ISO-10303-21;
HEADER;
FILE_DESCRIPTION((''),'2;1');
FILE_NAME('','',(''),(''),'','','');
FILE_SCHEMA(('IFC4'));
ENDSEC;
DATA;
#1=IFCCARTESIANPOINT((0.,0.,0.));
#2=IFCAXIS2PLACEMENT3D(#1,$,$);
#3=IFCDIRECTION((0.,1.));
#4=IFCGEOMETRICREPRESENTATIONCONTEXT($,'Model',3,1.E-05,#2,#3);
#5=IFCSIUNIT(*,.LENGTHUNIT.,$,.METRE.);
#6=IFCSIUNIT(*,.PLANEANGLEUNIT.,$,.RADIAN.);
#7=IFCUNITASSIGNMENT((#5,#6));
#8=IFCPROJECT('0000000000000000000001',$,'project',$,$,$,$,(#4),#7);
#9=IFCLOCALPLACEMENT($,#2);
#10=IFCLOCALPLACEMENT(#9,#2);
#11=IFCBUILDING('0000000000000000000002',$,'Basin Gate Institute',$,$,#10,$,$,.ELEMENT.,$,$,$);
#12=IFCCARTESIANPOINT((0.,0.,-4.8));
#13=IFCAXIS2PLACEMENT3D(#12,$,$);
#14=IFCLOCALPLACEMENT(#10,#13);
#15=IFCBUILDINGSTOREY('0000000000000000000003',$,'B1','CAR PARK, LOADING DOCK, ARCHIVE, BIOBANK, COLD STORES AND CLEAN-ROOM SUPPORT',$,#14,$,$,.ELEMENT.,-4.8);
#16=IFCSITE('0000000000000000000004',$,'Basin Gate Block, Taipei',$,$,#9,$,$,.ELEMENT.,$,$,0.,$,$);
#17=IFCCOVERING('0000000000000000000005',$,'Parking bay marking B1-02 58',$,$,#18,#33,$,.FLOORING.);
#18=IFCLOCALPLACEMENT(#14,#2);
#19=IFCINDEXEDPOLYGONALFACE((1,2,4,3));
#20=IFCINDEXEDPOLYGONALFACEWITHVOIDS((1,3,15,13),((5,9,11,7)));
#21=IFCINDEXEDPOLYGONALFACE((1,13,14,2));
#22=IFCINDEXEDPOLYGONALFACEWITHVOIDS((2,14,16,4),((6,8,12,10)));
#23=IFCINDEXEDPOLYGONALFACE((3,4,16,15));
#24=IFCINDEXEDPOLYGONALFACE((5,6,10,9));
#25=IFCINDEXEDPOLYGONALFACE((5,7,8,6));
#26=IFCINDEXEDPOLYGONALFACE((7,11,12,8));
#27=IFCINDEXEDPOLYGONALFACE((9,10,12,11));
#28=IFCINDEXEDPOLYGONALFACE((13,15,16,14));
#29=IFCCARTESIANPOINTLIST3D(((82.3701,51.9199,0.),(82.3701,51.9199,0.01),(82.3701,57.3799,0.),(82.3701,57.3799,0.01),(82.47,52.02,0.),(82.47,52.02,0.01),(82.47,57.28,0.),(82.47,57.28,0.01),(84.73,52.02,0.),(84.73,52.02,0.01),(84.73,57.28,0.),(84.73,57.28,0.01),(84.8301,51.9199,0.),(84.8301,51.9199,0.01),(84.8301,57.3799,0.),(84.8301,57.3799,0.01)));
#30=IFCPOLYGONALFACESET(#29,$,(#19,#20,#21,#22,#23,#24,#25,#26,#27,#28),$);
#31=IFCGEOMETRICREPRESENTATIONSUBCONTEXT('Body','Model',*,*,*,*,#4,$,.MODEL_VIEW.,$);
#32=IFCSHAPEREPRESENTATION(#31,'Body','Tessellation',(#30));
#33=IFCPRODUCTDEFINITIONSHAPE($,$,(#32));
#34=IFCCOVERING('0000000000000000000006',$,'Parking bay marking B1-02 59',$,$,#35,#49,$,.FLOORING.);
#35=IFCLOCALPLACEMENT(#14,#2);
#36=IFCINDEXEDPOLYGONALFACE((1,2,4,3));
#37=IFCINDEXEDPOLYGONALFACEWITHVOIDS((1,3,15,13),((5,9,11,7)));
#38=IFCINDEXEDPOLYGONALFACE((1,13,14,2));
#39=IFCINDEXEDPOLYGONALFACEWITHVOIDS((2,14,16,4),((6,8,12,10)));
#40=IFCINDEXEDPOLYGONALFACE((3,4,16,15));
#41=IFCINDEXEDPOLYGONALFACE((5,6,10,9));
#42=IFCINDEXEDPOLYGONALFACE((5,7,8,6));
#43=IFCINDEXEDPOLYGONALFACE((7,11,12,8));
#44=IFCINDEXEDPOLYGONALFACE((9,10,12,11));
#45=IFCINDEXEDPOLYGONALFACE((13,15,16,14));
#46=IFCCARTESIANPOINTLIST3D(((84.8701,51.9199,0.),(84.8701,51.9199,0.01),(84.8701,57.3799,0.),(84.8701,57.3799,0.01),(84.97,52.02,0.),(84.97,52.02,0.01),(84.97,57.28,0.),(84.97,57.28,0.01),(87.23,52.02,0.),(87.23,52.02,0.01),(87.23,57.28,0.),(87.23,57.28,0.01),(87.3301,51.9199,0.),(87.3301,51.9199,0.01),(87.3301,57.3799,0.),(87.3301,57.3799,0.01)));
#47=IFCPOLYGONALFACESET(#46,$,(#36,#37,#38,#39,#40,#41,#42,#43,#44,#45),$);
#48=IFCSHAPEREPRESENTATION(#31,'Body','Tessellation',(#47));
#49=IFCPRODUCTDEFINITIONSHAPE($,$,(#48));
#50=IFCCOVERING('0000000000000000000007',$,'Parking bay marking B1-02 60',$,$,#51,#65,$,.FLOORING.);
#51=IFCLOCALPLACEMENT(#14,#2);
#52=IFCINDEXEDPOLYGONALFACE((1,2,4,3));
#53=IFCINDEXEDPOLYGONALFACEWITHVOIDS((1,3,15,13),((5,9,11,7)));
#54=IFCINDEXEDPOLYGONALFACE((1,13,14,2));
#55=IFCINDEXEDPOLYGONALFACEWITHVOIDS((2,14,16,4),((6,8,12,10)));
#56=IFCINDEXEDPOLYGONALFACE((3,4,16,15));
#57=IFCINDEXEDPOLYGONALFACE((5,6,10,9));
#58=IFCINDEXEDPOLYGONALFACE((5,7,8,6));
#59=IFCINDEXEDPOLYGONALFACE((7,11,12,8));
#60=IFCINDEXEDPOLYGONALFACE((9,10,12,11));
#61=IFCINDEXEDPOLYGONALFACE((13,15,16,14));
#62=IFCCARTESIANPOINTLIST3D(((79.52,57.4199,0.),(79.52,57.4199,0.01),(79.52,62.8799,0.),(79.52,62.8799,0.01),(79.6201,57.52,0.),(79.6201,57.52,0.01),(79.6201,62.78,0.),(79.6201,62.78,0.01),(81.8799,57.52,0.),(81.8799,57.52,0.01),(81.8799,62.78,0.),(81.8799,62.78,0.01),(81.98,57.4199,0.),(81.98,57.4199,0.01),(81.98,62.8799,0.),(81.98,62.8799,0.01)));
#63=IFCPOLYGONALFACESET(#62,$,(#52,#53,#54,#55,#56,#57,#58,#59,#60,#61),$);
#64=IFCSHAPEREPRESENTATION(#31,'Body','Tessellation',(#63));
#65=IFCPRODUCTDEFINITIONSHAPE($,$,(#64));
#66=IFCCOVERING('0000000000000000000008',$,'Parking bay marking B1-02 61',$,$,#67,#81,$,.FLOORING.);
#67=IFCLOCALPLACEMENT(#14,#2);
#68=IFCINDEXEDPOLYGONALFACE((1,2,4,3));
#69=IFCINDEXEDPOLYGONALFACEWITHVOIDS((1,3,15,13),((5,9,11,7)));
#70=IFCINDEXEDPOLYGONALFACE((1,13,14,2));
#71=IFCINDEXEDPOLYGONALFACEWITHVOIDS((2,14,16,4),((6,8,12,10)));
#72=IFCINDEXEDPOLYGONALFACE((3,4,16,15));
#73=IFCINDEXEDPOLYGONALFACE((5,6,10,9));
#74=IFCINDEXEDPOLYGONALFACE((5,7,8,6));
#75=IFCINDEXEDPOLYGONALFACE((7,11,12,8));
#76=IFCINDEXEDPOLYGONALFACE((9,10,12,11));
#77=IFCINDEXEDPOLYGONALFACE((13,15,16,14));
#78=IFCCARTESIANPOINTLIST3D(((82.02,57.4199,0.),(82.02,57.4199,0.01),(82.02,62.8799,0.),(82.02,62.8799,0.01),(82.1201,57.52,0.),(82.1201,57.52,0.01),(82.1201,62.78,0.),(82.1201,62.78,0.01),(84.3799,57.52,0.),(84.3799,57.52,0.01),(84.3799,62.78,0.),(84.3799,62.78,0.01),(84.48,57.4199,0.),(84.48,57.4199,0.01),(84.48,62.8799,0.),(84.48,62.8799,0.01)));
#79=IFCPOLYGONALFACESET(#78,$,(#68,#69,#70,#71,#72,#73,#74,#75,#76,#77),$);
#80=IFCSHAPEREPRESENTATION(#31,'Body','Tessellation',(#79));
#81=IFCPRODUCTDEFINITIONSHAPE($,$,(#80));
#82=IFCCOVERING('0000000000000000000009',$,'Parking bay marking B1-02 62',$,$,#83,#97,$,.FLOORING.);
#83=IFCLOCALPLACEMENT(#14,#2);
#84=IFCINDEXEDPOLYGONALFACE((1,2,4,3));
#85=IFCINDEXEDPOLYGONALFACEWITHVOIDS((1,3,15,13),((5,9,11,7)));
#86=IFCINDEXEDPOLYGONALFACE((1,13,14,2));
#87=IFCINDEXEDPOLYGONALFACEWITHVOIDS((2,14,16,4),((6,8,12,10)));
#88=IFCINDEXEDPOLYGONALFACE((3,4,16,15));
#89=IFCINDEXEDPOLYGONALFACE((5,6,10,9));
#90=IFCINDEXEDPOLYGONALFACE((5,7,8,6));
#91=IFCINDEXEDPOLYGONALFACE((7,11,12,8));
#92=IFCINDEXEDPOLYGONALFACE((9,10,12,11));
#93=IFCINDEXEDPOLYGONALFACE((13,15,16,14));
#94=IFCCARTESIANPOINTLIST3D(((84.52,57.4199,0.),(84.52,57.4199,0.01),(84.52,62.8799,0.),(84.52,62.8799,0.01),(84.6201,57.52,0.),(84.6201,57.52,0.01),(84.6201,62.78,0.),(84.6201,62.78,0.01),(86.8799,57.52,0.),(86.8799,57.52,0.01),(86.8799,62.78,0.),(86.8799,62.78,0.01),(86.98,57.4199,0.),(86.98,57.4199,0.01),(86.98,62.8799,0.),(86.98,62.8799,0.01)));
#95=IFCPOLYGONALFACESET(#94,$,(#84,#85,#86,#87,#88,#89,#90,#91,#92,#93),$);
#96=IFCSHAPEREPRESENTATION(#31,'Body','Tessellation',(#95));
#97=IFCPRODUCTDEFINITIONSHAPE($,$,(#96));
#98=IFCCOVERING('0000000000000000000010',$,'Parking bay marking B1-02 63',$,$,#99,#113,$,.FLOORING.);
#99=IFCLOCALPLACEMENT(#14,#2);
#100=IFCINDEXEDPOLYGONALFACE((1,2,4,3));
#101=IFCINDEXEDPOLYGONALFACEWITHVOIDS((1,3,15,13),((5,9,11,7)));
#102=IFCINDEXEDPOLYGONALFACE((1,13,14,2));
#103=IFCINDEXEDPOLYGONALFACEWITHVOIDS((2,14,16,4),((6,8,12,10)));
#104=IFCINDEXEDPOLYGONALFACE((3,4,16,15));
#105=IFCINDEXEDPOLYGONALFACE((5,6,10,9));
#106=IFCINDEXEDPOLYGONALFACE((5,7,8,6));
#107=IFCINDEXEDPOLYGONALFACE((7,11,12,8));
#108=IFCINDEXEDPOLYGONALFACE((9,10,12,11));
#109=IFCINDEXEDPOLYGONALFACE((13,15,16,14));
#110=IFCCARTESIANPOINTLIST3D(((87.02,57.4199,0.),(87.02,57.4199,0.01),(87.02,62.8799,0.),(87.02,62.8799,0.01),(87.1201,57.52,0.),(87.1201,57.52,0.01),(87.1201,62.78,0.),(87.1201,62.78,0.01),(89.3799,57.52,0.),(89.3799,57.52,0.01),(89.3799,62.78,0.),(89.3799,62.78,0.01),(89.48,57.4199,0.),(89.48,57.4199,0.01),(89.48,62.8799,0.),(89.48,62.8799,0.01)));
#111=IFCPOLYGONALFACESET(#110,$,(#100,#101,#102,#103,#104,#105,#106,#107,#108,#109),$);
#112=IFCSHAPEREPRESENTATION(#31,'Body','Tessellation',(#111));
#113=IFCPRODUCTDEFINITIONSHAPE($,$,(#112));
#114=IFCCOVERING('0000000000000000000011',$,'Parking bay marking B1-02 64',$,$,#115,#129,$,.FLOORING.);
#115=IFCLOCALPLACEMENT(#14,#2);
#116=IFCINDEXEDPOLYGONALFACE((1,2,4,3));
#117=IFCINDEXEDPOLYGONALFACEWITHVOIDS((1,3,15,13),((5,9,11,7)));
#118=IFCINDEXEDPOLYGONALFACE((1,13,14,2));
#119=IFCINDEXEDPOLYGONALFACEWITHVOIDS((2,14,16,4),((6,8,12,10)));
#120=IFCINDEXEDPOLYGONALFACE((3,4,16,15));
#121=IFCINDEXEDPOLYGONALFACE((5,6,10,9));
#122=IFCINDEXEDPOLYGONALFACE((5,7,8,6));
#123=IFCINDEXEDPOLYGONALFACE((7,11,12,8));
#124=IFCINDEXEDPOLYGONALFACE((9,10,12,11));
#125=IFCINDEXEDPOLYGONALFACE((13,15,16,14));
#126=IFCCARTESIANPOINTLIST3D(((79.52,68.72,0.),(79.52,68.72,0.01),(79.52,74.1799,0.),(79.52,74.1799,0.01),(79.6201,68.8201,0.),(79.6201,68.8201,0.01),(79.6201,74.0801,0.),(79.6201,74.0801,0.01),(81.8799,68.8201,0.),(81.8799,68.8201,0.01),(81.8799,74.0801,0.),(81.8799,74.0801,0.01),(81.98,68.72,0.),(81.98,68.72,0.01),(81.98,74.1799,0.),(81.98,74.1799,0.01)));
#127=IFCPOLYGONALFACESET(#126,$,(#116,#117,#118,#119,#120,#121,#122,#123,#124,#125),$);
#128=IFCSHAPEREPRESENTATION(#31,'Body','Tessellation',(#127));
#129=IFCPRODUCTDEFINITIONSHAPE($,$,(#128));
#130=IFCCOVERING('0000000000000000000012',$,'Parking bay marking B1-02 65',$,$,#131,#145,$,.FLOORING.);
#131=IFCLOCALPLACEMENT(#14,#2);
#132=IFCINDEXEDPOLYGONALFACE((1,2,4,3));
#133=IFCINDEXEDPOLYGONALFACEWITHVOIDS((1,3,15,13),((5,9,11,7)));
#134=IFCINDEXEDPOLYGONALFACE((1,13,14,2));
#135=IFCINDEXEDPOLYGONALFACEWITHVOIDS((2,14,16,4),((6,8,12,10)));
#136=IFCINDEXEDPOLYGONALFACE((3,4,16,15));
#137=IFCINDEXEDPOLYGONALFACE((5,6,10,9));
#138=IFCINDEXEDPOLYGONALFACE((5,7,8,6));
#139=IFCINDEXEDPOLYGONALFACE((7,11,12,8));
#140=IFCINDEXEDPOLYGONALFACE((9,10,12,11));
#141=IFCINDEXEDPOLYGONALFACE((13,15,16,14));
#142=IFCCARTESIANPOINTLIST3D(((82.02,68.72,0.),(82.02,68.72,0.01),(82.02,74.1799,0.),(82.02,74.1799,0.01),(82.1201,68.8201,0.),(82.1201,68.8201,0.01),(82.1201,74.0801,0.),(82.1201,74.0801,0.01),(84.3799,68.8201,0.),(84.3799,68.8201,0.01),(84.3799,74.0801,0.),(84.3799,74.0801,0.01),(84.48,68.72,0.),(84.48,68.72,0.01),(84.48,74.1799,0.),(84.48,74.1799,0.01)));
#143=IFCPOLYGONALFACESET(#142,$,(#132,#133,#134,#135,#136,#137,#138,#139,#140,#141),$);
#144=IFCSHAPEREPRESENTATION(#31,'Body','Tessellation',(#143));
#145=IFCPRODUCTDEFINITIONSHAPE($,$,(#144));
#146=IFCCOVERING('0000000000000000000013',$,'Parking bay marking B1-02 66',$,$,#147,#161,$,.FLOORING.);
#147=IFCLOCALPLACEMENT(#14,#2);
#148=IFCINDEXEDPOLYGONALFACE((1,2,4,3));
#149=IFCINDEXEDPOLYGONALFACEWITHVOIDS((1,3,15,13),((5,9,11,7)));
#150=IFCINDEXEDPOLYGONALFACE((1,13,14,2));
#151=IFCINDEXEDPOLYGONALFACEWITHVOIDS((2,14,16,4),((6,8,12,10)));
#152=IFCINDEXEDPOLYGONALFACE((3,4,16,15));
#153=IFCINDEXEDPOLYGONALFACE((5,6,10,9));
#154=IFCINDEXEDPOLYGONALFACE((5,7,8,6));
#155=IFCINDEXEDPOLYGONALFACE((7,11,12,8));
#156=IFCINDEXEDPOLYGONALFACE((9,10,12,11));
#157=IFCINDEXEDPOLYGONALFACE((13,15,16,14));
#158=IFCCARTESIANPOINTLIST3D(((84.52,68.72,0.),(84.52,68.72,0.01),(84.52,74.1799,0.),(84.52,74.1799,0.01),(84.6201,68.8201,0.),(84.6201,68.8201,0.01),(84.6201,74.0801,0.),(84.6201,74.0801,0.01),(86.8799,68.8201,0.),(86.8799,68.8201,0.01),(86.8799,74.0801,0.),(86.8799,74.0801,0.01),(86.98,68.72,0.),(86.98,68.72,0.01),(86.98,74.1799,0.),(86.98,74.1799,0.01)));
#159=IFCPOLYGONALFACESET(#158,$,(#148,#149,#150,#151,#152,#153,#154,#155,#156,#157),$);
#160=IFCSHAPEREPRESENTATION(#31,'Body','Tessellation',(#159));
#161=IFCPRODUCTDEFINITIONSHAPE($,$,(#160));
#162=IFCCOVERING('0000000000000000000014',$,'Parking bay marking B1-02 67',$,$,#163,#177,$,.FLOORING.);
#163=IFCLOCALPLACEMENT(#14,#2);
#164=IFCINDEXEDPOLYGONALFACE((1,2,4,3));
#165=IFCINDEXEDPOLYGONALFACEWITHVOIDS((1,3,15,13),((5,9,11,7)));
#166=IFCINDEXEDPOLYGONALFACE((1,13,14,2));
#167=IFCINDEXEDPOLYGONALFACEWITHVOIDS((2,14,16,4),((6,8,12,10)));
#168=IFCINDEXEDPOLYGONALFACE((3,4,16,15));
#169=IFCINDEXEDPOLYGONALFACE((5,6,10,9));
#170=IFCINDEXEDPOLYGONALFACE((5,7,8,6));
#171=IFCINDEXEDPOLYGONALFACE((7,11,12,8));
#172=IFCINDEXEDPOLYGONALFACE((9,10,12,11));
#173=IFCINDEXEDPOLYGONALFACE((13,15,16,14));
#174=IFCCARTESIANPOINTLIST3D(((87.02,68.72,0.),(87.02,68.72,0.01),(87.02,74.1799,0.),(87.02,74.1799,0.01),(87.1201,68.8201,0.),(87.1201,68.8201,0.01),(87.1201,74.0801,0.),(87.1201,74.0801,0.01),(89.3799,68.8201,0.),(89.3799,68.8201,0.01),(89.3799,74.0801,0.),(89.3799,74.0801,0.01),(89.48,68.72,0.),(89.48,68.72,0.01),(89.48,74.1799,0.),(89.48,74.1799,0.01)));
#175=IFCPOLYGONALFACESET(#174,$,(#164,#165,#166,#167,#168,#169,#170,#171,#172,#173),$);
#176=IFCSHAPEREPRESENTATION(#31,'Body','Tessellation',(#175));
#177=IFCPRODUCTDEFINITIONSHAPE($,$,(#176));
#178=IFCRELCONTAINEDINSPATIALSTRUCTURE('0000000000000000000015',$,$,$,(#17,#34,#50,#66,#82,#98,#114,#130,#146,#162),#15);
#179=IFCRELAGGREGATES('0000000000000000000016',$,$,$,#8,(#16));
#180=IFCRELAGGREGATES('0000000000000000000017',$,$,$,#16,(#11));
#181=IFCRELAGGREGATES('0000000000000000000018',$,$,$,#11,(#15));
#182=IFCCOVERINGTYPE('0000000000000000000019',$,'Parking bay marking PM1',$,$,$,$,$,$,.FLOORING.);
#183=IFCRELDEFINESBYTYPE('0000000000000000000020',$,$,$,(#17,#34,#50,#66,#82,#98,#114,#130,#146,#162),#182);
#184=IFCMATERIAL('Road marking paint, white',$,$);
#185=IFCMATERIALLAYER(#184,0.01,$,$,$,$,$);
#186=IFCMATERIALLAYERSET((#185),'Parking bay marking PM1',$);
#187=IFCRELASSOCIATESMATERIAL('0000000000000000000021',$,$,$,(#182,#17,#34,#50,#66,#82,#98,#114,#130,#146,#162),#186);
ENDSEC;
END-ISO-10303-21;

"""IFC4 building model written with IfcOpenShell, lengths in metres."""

from ifc_helpers import new_model, si_unit, direction, frame, origin, place, context, subcontext, project, spatial, polyline, outline, extrude, material, layer, layer_set, type_object, element, save


model = new_model("IFC4")

# Units and contexts
model_context = context("Model", 3, precision=1e-05, world=origin(), true_north=direction((0.0, 1.0)))
body_context = subcontext(model_context, "Body", "Model", "MODEL_VIEW")
ifc_project = project(units=[si_unit("LENGTHUNIT", "METRE"), si_unit("PLANEANGLEUNIT", "RADIAN")], contexts=[model_context])

# Site, building, storey
site_placement = place(None, origin())
site = spatial("IfcSite", under=ifc_project, at=site_placement, Name="Basin Gate Block, Taipei", CompositionType="ELEMENT", RefElevation=0.0)
building_placement = place(site_placement, origin())
building = spatial("IfcBuilding", under=site, at=building_placement, Name="Basin Gate Institute", CompositionType="ELEMENT")
storey_placement = place(building_placement, frame((0.0, 0.0, -4.8)))
storey = spatial("IfcBuildingStorey", under=building, at=storey_placement, Name="B1", Description="CAR PARK, LOADING DOCK, ARCHIVE, BIOBANK, COLD STORES AND CLEAN-ROOM SUPPORT", CompositionType="ELEMENT", Elevation=-4.8)

# Coverings
ifc_material_1 = material(Name="Road marking paint, white")
ifc_layer_1 = layer(ifc_material_1, 0.01)
ifc_layer_set_1 = layer_set([ifc_layer_1], Name="Parking bay marking PM1")
covering_type = type_object("IfcCoveringType", Name="Parking bay marking PM1", PredefinedType="FLOORING", material=ifc_layer_set_1)
covering_1_placement = place(storey_placement, origin())
element("IfcCovering", 1, at=covering_1_placement, inside=storey, type_object=covering_type, material=ifc_layer_set_1, Name="Parking bay marking B1-02 58", PredefinedType="FLOORING", context=body_context, shape_type="SweptSolid", body=[
    extrude(outline(polyline([(82.3701, 51.9199), (84.8301, 51.9199), (84.8301, 57.3799), (82.3701, 57.3799), (82.3701, 51.9199)]), holes=[polyline([(82.47, 52.02), (84.73, 52.02), (84.73, 57.28), (82.47, 57.28), (82.47, 52.02)])]), origin(), (0.0, 0.0, 1.0), 0.01),
])
covering_2_placement = place(storey_placement, origin())
element("IfcCovering", 2, at=covering_2_placement, inside=storey, type_object=covering_type, material=ifc_layer_set_1, Name="Parking bay marking B1-02 59", PredefinedType="FLOORING", context=body_context, shape_type="SweptSolid", body=[
    extrude(outline(polyline([(84.8701, 51.9199), (87.3301, 51.9199), (87.3301, 57.3799), (84.8701, 57.3799), (84.8701, 51.9199)]), holes=[polyline([(84.97, 52.02), (87.23, 52.02), (87.23, 57.28), (84.97, 57.28), (84.97, 52.02)])]), origin(), (0.0, 0.0, 1.0), 0.01),
])
covering_3_placement = place(storey_placement, origin())
element("IfcCovering", 3, at=covering_3_placement, inside=storey, type_object=covering_type, material=ifc_layer_set_1, Name="Parking bay marking B1-02 60", PredefinedType="FLOORING", context=body_context, shape_type="SweptSolid", body=[
    extrude(outline(polyline([(79.52, 57.4199), (81.98, 57.4199), (81.98, 62.8799), (79.52, 62.8799), (79.52, 57.4199)]), holes=[polyline([(79.6201, 57.52), (81.8799, 57.52), (81.8799, 62.78), (79.6201, 62.78), (79.6201, 57.52)])]), origin(), (0.0, 0.0, 1.0), 0.01),
])
covering_4_placement = place(storey_placement, origin())
element("IfcCovering", 4, at=covering_4_placement, inside=storey, type_object=covering_type, material=ifc_layer_set_1, Name="Parking bay marking B1-02 61", PredefinedType="FLOORING", context=body_context, shape_type="SweptSolid", body=[
    extrude(outline(polyline([(82.02, 57.4199), (84.48, 57.4199), (84.48, 62.8799), (82.02, 62.8799), (82.02, 57.4199)]), holes=[polyline([(82.1201, 57.52), (84.3799, 57.52), (84.3799, 62.78), (82.1201, 62.78), (82.1201, 57.52)])]), origin(), (0.0, 0.0, 1.0), 0.01),
])
covering_5_placement = place(storey_placement, origin())
element("IfcCovering", 5, at=covering_5_placement, inside=storey, type_object=covering_type, material=ifc_layer_set_1, Name="Parking bay marking B1-02 62", PredefinedType="FLOORING", context=body_context, shape_type="SweptSolid", body=[
    extrude(outline(polyline([(84.52, 57.4199), (86.98, 57.4199), (86.98, 62.8799), (84.52, 62.8799), (84.52, 57.4199)]), holes=[polyline([(84.6201, 57.52), (86.8799, 57.52), (86.8799, 62.78), (84.6201, 62.78), (84.6201, 57.52)])]), origin(), (0.0, 0.0, 1.0), 0.01),
])
covering_6_placement = place(storey_placement, origin())
element("IfcCovering", 6, at=covering_6_placement, inside=storey, type_object=covering_type, material=ifc_layer_set_1, Name="Parking bay marking B1-02 63", PredefinedType="FLOORING", context=body_context, shape_type="SweptSolid", body=[
    extrude(outline(polyline([(87.02, 57.4199), (89.48, 57.4199), (89.48, 62.8799), (87.02, 62.8799), (87.02, 57.4199)]), holes=[polyline([(87.1201, 57.52), (89.3799, 57.52), (89.3799, 62.78), (87.1201, 62.78), (87.1201, 57.52)])]), origin(), (0.0, 0.0, 1.0), 0.01),
])
covering_7_placement = place(storey_placement, origin())
element("IfcCovering", 7, at=covering_7_placement, inside=storey, type_object=covering_type, material=ifc_layer_set_1, Name="Parking bay marking B1-02 64", PredefinedType="FLOORING", context=body_context, shape_type="SweptSolid", body=[
    extrude(outline(polyline([(79.52, 68.72), (81.98, 68.72), (81.98, 74.1799), (79.52, 74.1799), (79.52, 68.72)]), holes=[polyline([(79.6201, 68.8201), (81.8799, 68.8201), (81.8799, 74.0801), (79.6201, 74.0801), (79.6201, 68.8201)])]), origin(), (0.0, 0.0, 1.0), 0.01),
])
covering_8_placement = place(storey_placement, origin())
element("IfcCovering", 8, at=covering_8_placement, inside=storey, type_object=covering_type, material=ifc_layer_set_1, Name="Parking bay marking B1-02 65", PredefinedType="FLOORING", context=body_context, shape_type="SweptSolid", body=[
    extrude(outline(polyline([(82.02, 68.72), (84.48, 68.72), (84.48, 74.1799), (82.02, 74.1799), (82.02, 68.72)]), holes=[polyline([(82.1201, 68.8201), (84.3799, 68.8201), (84.3799, 74.0801), (82.1201, 74.0801), (82.1201, 68.8201)])]), origin(), (0.0, 0.0, 1.0), 0.01),
])
covering_9_placement = place(storey_placement, origin())
element("IfcCovering", 9, at=covering_9_placement, inside=storey, type_object=covering_type, material=ifc_layer_set_1, Name="Parking bay marking B1-02 66", PredefinedType="FLOORING", context=body_context, shape_type="SweptSolid", body=[
    extrude(outline(polyline([(84.52, 68.72), (86.98, 68.72), (86.98, 74.1799), (84.52, 74.1799), (84.52, 68.72)]), holes=[polyline([(84.6201, 68.8201), (86.8799, 68.8201), (86.8799, 74.0801), (84.6201, 74.0801), (84.6201, 68.8201)])]), origin(), (0.0, 0.0, 1.0), 0.01),
])
covering_10_placement = place(storey_placement, origin())
element("IfcCovering", 10, at=covering_10_placement, inside=storey, type_object=covering_type, material=ifc_layer_set_1, Name="Parking bay marking B1-02 67", PredefinedType="FLOORING", context=body_context, shape_type="SweptSolid", body=[
    extrude(outline(polyline([(87.02, 68.72), (89.48, 68.72), (89.48, 74.1799), (87.02, 74.1799), (87.02, 68.72)]), holes=[polyline([(87.1201, 68.8201), (89.3799, 68.8201), (89.3799, 74.0801), (87.1201, 74.0801), (87.1201, 68.8201)])]), origin(), (0.0, 0.0, 1.0), 0.01),
])

save(model, "model.ifc")
